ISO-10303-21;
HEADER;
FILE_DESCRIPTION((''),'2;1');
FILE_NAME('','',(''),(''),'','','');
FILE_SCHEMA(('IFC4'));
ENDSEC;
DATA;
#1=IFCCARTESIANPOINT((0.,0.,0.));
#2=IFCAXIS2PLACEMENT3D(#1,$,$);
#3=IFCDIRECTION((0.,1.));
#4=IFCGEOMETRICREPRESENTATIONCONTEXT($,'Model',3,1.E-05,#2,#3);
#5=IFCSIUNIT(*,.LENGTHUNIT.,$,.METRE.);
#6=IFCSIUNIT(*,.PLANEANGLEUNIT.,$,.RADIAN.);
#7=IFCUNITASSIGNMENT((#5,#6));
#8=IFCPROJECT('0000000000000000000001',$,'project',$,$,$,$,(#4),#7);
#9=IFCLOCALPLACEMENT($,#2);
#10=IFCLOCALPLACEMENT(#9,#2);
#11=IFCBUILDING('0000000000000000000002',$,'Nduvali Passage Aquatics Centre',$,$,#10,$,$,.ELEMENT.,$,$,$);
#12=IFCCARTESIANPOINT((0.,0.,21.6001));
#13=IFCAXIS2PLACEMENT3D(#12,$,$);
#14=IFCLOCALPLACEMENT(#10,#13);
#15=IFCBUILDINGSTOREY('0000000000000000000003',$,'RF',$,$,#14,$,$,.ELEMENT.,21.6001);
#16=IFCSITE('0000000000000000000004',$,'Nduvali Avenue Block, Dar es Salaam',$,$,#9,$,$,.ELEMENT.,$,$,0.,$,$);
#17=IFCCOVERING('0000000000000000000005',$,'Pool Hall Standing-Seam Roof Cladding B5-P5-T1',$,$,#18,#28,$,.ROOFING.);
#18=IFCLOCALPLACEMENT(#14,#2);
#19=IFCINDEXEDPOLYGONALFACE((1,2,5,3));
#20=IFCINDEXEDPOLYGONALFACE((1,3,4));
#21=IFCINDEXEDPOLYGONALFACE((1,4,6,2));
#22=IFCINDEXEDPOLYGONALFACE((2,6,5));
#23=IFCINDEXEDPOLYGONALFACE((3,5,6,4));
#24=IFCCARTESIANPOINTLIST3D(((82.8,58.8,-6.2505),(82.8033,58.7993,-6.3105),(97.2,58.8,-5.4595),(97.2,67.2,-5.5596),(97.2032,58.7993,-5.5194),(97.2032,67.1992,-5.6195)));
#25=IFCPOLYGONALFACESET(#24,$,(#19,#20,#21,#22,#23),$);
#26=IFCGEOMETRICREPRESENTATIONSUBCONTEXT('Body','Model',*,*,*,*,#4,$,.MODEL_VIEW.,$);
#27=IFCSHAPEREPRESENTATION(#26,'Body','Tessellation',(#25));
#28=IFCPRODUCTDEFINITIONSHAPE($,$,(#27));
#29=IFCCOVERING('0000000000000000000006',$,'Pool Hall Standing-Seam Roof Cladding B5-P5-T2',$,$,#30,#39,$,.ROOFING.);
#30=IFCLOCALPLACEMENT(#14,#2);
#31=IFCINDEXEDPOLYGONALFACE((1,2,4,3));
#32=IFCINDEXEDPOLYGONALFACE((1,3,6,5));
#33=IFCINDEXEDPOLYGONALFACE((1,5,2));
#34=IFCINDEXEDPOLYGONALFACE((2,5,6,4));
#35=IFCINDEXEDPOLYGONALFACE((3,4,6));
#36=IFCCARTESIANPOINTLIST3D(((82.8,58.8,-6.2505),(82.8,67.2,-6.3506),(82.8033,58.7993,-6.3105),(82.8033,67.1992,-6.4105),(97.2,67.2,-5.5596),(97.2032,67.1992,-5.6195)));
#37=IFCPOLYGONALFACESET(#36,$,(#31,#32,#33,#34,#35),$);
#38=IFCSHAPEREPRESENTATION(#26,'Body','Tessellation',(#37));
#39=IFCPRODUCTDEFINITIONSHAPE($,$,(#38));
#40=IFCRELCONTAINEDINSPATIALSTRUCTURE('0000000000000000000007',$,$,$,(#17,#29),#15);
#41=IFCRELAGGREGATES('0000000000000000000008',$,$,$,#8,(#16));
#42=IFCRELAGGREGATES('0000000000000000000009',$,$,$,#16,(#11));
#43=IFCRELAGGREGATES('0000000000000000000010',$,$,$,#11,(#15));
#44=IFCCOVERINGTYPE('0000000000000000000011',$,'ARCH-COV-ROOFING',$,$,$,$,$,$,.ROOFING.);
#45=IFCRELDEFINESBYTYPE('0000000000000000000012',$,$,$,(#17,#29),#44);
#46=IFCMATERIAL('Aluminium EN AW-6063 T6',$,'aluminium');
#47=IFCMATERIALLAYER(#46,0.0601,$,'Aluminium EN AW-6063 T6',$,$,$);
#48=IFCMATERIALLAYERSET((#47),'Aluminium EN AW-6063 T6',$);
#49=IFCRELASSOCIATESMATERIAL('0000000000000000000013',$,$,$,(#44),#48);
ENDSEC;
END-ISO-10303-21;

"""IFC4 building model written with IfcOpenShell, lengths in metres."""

from ifc_helpers import new_model, si_unit, direction, frame, origin, place, context, subcontext, project, spatial, polyline, outline, extrude, material, layer, layer_set, type_object, element, save


model = new_model("IFC4")

# Units and contexts
model_context = context("Model", 3, precision=1e-05, world=origin(), true_north=direction((0.0, 1.0)))
body_context = subcontext(model_context, "Body", "Model", "MODEL_VIEW")
ifc_project = project(units=[si_unit("LENGTHUNIT", "METRE"), si_unit("PLANEANGLEUNIT", "RADIAN")], contexts=[model_context])

# Site, building, storey
site_placement = place(None, origin())
site = spatial("IfcSite", under=ifc_project, at=site_placement, Name="Nduvali Avenue Block, Dar es Salaam", CompositionType="ELEMENT", RefElevation=0.0)
building_placement = place(site_placement, origin())
building = spatial("IfcBuilding", under=site, at=building_placement, Name="Nduvali Passage Aquatics Centre", CompositionType="ELEMENT")
storey_placement = place(building_placement, frame((0.0, 0.0, 21.6001)))
storey = spatial("IfcBuildingStorey", under=building, at=storey_placement, Name="RF", CompositionType="ELEMENT", Elevation=21.6001)

# Coverings
ifc_material_1 = material(Name="Aluminium EN AW-6063 T6", Category="aluminium")
ifc_layer_1 = layer(ifc_material_1, 0.0601, Name="Aluminium EN AW-6063 T6")
ifc_layer_set_1 = layer_set([ifc_layer_1], Name="Aluminium EN AW-6063 T6")
covering_type = type_object("IfcCoveringType", Name="ARCH-COV-ROOFING", PredefinedType="ROOFING", material=ifc_layer_set_1)
covering_1_placement = place(storey_placement, frame((82.8, 58.8, -6.2505), z_axis=(-0.054845, 0.011898, 0.998424), x_axis=(0.998495, 0.0, 0.054849)))
element("IfcCovering", 1, at=covering_1_placement, inside=storey, type_object=covering_type, Name="Pool Hall Standing-Seam Roof Cladding B5-P5-T1", PredefinedType="ROOFING", context=body_context, shape_type="SweptSolid", body=[
    extrude(outline(polyline([(0.0, 0.0), (14.4216, 0.0), (14.4161, 8.4005), (0.0, 0.0)])), origin(), (0.0, 0.0, -1.0), 0.0601),
])
covering_2_placement = place(storey_placement, frame((82.8, 58.8, -6.2505), z_axis=(-0.054845, 0.011898, 0.998424), x_axis=(0.863039, 0.503437, 0.041409)))
element("IfcCovering", 2, at=covering_2_placement, inside=storey, type_object=covering_type, Name="Pool Hall Standing-Seam Roof Cladding B5-P5-T2", PredefinedType="ROOFING", context=body_context, shape_type="SweptSolid", body=[
    extrude(outline(polyline([(0.0, 0.0), (16.6851, 0.0), (4.2247, 7.2609), (0.0, 0.0)])), origin(), (0.0, 0.0, -1.0), 0.0601),
])

save(model, "model.ifc")
